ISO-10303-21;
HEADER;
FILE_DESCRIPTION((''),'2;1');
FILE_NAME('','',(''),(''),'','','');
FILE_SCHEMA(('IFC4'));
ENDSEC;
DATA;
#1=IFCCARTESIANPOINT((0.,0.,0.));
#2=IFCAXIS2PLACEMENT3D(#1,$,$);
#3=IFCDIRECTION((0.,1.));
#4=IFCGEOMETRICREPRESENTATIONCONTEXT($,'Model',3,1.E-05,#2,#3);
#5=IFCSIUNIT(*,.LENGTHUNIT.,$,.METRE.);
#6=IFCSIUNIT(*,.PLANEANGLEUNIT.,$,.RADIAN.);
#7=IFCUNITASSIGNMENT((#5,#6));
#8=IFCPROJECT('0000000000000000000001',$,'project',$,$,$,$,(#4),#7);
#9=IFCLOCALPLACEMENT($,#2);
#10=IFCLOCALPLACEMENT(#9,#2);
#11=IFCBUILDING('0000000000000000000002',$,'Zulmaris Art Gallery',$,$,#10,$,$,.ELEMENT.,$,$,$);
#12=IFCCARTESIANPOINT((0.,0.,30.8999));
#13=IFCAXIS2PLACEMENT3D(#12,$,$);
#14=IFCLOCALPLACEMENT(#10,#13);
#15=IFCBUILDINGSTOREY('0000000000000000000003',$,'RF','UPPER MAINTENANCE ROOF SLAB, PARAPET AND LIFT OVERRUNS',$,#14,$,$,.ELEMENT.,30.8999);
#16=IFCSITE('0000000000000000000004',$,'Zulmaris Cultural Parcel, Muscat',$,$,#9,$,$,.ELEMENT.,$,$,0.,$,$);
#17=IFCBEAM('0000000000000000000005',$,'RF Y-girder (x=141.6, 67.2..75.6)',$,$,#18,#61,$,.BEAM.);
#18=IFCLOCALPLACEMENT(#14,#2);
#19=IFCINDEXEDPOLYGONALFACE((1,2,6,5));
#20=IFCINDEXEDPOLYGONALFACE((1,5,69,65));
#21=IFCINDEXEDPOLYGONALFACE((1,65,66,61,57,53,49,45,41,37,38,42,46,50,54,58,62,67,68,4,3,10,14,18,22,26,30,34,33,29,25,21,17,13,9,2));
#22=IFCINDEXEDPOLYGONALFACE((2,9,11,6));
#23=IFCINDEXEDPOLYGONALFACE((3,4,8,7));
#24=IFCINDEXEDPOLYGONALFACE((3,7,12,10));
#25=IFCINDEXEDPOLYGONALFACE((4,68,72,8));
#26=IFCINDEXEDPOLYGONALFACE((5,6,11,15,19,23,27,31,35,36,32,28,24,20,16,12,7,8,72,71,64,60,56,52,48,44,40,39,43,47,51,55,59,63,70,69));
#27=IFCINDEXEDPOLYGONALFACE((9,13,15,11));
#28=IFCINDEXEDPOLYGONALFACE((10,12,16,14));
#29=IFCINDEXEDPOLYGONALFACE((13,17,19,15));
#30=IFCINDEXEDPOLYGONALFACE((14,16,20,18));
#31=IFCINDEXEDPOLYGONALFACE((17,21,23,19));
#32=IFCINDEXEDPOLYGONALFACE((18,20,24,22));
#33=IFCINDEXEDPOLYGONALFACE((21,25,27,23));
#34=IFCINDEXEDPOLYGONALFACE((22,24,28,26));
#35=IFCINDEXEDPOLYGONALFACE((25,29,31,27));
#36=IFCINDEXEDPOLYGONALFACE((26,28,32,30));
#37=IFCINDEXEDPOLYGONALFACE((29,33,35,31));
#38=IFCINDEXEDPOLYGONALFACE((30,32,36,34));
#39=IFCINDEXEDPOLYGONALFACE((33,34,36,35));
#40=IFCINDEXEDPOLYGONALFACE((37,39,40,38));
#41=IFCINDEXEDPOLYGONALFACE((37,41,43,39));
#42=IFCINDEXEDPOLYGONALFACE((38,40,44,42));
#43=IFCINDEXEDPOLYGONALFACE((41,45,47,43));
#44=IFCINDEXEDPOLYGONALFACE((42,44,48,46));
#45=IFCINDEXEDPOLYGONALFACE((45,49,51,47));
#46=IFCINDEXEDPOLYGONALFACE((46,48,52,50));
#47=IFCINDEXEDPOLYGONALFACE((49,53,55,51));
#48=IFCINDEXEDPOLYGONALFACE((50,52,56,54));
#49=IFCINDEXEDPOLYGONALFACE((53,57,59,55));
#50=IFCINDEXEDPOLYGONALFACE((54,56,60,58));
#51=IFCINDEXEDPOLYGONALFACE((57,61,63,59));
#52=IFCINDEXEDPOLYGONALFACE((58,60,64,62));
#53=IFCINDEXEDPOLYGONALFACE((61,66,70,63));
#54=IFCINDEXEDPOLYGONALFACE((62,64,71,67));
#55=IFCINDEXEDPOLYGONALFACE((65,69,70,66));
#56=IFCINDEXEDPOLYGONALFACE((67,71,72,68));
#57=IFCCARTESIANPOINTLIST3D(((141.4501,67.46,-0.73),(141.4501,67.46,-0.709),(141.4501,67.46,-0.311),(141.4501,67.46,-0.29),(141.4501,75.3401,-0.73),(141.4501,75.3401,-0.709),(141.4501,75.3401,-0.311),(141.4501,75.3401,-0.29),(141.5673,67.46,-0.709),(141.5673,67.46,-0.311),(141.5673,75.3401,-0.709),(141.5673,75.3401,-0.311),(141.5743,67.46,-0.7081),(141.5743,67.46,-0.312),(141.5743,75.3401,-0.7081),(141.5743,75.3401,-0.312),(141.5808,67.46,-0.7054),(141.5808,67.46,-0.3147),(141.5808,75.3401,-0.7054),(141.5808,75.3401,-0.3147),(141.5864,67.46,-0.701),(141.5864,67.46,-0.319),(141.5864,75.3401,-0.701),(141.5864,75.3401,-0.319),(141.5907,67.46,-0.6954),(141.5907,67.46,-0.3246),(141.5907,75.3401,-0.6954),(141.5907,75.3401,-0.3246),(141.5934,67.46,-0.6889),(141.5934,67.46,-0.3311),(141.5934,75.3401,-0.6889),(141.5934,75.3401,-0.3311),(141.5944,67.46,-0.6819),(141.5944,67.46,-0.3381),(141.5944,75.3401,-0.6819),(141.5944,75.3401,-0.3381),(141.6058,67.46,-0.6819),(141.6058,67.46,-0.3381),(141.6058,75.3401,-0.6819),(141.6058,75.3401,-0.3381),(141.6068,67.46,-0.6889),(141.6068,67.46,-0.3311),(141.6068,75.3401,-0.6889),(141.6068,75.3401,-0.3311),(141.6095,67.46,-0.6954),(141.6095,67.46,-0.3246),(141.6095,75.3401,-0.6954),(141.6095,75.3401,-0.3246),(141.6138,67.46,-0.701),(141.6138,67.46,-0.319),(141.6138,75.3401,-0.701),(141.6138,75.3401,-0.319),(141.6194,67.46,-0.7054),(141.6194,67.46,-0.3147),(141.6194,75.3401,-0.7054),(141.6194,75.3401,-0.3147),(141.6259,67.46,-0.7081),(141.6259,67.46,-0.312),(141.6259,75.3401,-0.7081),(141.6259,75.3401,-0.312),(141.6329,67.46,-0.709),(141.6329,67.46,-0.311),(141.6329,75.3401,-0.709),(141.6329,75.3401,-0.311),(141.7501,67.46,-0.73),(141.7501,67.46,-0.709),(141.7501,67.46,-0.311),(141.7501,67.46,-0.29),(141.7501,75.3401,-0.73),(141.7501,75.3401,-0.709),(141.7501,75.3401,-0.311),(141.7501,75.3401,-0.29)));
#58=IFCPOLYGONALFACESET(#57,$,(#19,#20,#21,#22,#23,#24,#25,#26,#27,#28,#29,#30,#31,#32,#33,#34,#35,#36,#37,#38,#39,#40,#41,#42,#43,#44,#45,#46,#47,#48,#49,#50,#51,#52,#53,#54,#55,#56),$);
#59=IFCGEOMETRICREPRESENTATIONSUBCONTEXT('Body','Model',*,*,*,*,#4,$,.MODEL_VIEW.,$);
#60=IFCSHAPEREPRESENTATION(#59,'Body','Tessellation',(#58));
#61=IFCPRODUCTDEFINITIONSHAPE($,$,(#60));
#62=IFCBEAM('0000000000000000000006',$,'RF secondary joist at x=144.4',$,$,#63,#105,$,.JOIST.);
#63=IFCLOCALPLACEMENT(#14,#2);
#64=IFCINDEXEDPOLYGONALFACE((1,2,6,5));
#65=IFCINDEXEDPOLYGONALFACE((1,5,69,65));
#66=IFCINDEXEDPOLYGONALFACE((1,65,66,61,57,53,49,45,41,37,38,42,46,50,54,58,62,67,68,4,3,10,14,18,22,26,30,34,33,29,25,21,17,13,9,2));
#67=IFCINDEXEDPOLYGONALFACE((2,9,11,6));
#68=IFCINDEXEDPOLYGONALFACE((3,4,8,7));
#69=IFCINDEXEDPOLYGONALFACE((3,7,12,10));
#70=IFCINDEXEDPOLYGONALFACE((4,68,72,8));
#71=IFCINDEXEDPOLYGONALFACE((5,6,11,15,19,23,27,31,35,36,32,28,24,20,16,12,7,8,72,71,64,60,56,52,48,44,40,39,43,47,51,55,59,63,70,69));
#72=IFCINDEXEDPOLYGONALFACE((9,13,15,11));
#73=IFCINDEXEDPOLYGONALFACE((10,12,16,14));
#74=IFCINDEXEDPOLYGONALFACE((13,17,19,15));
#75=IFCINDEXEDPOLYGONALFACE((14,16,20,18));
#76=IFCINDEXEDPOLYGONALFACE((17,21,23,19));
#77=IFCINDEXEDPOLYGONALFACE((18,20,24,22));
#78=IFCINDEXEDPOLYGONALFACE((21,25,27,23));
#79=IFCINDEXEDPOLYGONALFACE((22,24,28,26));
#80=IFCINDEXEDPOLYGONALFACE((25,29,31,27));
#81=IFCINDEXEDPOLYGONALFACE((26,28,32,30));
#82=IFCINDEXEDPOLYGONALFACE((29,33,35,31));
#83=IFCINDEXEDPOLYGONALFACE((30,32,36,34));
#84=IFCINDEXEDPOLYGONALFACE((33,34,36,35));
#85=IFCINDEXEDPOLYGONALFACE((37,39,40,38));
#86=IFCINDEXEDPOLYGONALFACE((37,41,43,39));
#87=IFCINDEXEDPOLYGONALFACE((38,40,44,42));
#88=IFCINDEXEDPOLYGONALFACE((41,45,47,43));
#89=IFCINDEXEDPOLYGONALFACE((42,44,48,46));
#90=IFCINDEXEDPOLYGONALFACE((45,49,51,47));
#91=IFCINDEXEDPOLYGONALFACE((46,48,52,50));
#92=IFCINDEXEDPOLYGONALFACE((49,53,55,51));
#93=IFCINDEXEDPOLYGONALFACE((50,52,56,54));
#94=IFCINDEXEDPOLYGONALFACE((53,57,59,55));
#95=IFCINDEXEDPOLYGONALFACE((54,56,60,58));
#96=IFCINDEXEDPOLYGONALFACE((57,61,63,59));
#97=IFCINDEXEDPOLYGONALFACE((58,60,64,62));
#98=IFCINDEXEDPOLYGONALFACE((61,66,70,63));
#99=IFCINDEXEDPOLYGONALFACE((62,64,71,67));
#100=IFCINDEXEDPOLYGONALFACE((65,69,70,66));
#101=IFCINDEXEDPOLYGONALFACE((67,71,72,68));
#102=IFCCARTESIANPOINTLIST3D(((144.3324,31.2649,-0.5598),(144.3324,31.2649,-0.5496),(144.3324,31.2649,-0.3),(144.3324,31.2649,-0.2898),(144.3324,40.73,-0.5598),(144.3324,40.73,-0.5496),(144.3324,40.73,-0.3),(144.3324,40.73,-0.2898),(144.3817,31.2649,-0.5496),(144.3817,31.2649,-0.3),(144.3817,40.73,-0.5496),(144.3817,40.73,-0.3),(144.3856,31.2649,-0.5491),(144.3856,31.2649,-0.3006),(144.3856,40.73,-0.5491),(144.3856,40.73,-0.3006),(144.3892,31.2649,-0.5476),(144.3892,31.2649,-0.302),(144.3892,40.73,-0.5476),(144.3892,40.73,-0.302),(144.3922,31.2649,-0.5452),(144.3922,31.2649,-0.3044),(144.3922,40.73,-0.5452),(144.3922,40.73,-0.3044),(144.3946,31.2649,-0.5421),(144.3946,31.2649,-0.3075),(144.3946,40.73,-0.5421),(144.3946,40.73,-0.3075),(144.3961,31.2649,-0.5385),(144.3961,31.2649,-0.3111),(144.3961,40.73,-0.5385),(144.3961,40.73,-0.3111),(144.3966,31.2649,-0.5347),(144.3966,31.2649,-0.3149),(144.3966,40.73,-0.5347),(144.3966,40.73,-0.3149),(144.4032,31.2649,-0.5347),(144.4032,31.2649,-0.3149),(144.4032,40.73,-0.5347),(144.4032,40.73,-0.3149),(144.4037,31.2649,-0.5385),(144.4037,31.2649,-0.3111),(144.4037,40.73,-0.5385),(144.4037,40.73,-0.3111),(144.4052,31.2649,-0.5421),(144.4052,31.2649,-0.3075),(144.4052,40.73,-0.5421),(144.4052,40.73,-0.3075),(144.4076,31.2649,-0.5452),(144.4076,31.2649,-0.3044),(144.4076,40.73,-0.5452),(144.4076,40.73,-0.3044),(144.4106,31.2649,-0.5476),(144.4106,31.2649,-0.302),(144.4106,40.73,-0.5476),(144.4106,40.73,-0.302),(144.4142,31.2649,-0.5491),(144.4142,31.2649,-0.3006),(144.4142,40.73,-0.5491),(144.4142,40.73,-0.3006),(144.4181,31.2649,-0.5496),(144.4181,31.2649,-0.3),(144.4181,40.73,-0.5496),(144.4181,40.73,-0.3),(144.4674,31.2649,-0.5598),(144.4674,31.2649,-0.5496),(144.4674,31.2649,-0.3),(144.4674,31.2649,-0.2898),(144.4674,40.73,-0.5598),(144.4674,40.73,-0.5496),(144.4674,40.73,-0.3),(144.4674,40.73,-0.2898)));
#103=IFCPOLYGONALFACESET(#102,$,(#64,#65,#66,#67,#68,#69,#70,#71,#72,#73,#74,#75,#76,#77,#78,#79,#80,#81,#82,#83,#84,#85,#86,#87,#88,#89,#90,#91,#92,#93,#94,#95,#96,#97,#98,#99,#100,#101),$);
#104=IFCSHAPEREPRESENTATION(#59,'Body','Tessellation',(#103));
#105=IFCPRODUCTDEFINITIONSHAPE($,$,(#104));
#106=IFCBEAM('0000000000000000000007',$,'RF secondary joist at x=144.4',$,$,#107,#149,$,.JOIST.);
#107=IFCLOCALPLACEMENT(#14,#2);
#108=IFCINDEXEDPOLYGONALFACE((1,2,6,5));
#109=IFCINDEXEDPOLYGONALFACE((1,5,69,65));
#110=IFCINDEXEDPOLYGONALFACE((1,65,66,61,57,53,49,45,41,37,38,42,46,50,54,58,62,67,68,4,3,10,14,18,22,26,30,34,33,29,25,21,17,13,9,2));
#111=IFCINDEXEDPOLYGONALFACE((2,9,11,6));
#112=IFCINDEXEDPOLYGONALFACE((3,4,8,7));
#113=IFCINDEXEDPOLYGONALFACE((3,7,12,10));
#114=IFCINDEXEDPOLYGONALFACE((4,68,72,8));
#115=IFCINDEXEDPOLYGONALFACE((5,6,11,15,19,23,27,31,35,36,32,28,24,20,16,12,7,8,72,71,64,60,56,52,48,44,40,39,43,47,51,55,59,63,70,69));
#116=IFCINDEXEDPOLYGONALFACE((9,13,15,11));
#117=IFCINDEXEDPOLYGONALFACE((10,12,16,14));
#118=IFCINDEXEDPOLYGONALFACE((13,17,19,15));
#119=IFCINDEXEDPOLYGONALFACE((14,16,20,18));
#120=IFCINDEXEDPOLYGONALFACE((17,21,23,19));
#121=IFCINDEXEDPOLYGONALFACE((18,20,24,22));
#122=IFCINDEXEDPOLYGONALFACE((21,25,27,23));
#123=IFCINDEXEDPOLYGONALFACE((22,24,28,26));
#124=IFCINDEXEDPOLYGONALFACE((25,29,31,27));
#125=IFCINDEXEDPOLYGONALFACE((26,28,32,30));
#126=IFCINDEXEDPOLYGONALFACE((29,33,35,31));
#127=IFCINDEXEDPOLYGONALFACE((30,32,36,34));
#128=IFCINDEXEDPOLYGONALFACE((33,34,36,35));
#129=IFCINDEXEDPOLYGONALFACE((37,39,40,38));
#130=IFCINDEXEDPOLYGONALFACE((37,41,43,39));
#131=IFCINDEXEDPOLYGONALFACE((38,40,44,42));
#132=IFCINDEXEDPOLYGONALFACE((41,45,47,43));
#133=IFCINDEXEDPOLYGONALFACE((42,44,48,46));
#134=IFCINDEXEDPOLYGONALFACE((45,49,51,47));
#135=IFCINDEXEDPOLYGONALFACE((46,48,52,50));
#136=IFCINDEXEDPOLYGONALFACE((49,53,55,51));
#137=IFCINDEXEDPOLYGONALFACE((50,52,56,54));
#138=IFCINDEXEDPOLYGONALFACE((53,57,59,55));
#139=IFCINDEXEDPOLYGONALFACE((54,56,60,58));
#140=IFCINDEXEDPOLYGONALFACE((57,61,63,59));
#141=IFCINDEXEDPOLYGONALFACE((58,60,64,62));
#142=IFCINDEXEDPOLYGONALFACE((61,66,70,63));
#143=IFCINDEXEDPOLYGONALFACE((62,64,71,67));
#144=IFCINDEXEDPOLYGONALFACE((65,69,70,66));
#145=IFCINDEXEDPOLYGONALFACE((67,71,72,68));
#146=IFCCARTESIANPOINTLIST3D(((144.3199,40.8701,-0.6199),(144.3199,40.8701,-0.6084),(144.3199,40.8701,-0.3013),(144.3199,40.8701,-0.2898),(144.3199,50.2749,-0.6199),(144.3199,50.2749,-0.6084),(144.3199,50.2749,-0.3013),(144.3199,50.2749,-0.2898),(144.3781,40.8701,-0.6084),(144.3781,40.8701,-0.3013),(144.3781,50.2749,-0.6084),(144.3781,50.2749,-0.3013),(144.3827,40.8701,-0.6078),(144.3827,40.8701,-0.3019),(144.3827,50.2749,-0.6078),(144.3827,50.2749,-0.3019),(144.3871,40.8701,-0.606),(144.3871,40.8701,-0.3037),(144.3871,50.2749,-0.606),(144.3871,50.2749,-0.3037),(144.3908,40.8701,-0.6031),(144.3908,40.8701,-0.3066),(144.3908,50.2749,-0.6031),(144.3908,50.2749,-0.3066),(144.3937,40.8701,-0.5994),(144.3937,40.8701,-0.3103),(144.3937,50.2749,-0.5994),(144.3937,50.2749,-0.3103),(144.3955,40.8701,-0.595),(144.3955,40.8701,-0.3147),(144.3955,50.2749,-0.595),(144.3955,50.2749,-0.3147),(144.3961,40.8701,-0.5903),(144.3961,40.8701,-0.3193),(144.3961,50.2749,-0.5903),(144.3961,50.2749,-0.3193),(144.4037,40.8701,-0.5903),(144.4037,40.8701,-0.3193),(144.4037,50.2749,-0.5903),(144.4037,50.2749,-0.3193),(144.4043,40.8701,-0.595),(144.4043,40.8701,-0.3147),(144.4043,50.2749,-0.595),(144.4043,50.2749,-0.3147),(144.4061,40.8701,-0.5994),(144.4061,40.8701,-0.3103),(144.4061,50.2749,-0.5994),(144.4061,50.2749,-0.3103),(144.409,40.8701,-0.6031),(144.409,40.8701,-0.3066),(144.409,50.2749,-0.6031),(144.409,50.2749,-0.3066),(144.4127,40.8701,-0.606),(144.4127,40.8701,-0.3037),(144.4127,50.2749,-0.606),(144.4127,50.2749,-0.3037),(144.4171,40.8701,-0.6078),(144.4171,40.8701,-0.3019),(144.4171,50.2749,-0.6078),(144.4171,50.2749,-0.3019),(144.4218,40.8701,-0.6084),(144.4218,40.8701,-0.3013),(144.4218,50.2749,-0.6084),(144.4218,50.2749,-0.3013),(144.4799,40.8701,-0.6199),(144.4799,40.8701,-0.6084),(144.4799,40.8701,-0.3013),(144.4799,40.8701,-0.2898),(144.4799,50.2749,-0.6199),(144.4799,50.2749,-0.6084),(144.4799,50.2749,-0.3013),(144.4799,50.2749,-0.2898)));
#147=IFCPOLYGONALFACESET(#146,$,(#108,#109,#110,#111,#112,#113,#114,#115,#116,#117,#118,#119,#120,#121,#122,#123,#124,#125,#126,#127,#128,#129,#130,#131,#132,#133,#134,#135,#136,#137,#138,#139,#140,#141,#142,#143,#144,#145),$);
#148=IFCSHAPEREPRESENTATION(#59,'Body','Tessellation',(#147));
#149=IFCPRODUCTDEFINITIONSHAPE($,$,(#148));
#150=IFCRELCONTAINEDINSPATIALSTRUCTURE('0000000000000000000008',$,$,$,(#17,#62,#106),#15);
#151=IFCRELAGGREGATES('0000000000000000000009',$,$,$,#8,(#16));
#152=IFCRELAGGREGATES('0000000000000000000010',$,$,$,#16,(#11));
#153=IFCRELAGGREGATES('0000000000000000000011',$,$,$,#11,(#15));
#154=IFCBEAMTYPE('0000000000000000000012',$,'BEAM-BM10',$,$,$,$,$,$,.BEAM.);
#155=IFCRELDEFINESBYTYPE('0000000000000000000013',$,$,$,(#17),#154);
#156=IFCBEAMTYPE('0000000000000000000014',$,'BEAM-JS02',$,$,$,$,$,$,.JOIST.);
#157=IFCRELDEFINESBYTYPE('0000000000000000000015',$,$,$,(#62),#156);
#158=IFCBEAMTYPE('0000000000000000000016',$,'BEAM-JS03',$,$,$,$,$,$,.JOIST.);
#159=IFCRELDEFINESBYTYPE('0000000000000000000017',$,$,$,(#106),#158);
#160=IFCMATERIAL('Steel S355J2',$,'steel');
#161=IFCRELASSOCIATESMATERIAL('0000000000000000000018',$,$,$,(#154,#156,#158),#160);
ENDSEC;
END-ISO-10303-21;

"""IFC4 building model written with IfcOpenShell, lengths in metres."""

from ifc_helpers import new_model, si_unit, direction, frame, origin, origin_2d, place, context, subcontext, project, spatial, i_section, extrude, material, material_profile, profile_set, type_object, element, save


model = new_model("IFC4")

# Units and contexts
model_context = context("Model", 3, precision=1e-05, world=origin(), true_north=direction((0.0, 1.0)))
body_context = subcontext(model_context, "Body", "Model", "MODEL_VIEW")
ifc_project = project(units=[si_unit("LENGTHUNIT", "METRE"), si_unit("PLANEANGLEUNIT", "RADIAN")], contexts=[model_context])

# Site, building, storey
site_placement = place(None, origin())
site = spatial("IfcSite", under=ifc_project, at=site_placement, Name="Zulmaris Cultural Parcel, Muscat", CompositionType="ELEMENT", RefElevation=0.0)
building_placement = place(site_placement, origin())
building = spatial("IfcBuilding", under=site, at=building_placement, Name="Zulmaris Art Gallery", CompositionType="ELEMENT")
storey_placement = place(building_placement, frame((0.0, 0.0, 30.8999)))
storey = spatial("IfcBuildingStorey", under=building, at=storey_placement, Name="RF", Description="UPPER MAINTENANCE ROOF SLAB, PARAPET AND LIFT OVERRUNS", CompositionType="ELEMENT", Elevation=30.8999)

# Beams
ifc_material_1 = material(Name="Steel S355J2", Category="steel")
ifc_material_profile_1 = material_profile(ifc_material_1, i_section(OverallWidth=0.3, OverallDepth=0.4399, WebThickness=0.0115, FlangeThickness=0.021, FilletRadius=0.0271, at=origin_2d()), Name="HEA 450")
ifc_profile_set_1 = profile_set([ifc_material_profile_1], Name="Steel S355J2")
beam_type_1 = type_object("IfcBeamType", Name="BEAM-BM10", PredefinedType="BEAM", material=ifc_profile_set_1)
beam_1_placement = place(storey_placement, frame((141.6001, 67.46, -0.51), z_axis=(0.0, 1.0, 0.0), x_axis=(-1.0, 0.0, 0.0)))
element("IfcBeam", 1, at=beam_1_placement, inside=storey, type_object=beam_type_1, Name="RF Y-girder (x=141.6, 67.2..75.6)", PredefinedType="BEAM", context=body_context, shape_type="SweptSolid", body=[
    extrude(i_section(OverallWidth=0.3, OverallDepth=0.4399, WebThickness=0.0115, FlangeThickness=0.021, FilletRadius=0.0271, at=origin_2d()), origin(), (0.0, 0.0, 1.0), 7.8801),
])
ifc_material_profile_2 = material_profile(ifc_material_1, i_section(OverallWidth=0.135, OverallDepth=0.27, WebThickness=0.0066, FlangeThickness=0.0103, FilletRadius=0.0149, at=origin_2d()), Name="IPE 270")
ifc_profile_set_2 = profile_set([ifc_material_profile_2], Name="Steel S355J2")
beam_type_2 = type_object("IfcBeamType", Name="BEAM-JS02", PredefinedType="JOIST", material=ifc_profile_set_2)
beam_2_placement = place(storey_placement, frame((144.3999, 31.2649, -0.4248), z_axis=(0.0, 1.0, 0.0), x_axis=(-1.0, 0.0, 0.0)))
element("IfcBeam", 2, at=beam_2_placement, inside=storey, type_object=beam_type_2, Name="RF secondary joist at x=144.4", PredefinedType="JOIST", context=body_context, shape_type="SweptSolid", body=[
    extrude(i_section(OverallWidth=0.135, OverallDepth=0.27, WebThickness=0.0066, FlangeThickness=0.0103, FilletRadius=0.0149, at=origin_2d()), origin(), (0.0, 0.0, 1.0), 9.4651),
])
ifc_material_profile_3 = material_profile(ifc_material_1, i_section(OverallWidth=0.1599, OverallDepth=0.3301, WebThickness=0.0076, FlangeThickness=0.0115, FilletRadius=0.0181, at=origin_2d()), Name="IPE 330")
ifc_profile_set_3 = profile_set([ifc_material_profile_3], Name="Steel S355J2")
beam_type_3 = type_object("IfcBeamType", Name="BEAM-JS03", PredefinedType="JOIST", material=ifc_profile_set_3)
beam_3_placement = place(storey_placement, frame((144.3999, 40.8701, -0.4548), z_axis=(0.0, 1.0, 0.0), x_axis=(-1.0, 0.0, 0.0)))
element("IfcBeam", 3, at=beam_3_placement, inside=storey, type_object=beam_type_3, Name="RF secondary joist at x=144.4", PredefinedType="JOIST", context=body_context, shape_type="SweptSolid", body=[
    extrude(i_section(OverallWidth=0.1599, OverallDepth=0.3301, WebThickness=0.0076, FlangeThickness=0.0115, FilletRadius=0.0181, at=origin_2d()), origin(), (0.0, 0.0, 1.0), 9.4048),
])

save(model, "model.ifc")
